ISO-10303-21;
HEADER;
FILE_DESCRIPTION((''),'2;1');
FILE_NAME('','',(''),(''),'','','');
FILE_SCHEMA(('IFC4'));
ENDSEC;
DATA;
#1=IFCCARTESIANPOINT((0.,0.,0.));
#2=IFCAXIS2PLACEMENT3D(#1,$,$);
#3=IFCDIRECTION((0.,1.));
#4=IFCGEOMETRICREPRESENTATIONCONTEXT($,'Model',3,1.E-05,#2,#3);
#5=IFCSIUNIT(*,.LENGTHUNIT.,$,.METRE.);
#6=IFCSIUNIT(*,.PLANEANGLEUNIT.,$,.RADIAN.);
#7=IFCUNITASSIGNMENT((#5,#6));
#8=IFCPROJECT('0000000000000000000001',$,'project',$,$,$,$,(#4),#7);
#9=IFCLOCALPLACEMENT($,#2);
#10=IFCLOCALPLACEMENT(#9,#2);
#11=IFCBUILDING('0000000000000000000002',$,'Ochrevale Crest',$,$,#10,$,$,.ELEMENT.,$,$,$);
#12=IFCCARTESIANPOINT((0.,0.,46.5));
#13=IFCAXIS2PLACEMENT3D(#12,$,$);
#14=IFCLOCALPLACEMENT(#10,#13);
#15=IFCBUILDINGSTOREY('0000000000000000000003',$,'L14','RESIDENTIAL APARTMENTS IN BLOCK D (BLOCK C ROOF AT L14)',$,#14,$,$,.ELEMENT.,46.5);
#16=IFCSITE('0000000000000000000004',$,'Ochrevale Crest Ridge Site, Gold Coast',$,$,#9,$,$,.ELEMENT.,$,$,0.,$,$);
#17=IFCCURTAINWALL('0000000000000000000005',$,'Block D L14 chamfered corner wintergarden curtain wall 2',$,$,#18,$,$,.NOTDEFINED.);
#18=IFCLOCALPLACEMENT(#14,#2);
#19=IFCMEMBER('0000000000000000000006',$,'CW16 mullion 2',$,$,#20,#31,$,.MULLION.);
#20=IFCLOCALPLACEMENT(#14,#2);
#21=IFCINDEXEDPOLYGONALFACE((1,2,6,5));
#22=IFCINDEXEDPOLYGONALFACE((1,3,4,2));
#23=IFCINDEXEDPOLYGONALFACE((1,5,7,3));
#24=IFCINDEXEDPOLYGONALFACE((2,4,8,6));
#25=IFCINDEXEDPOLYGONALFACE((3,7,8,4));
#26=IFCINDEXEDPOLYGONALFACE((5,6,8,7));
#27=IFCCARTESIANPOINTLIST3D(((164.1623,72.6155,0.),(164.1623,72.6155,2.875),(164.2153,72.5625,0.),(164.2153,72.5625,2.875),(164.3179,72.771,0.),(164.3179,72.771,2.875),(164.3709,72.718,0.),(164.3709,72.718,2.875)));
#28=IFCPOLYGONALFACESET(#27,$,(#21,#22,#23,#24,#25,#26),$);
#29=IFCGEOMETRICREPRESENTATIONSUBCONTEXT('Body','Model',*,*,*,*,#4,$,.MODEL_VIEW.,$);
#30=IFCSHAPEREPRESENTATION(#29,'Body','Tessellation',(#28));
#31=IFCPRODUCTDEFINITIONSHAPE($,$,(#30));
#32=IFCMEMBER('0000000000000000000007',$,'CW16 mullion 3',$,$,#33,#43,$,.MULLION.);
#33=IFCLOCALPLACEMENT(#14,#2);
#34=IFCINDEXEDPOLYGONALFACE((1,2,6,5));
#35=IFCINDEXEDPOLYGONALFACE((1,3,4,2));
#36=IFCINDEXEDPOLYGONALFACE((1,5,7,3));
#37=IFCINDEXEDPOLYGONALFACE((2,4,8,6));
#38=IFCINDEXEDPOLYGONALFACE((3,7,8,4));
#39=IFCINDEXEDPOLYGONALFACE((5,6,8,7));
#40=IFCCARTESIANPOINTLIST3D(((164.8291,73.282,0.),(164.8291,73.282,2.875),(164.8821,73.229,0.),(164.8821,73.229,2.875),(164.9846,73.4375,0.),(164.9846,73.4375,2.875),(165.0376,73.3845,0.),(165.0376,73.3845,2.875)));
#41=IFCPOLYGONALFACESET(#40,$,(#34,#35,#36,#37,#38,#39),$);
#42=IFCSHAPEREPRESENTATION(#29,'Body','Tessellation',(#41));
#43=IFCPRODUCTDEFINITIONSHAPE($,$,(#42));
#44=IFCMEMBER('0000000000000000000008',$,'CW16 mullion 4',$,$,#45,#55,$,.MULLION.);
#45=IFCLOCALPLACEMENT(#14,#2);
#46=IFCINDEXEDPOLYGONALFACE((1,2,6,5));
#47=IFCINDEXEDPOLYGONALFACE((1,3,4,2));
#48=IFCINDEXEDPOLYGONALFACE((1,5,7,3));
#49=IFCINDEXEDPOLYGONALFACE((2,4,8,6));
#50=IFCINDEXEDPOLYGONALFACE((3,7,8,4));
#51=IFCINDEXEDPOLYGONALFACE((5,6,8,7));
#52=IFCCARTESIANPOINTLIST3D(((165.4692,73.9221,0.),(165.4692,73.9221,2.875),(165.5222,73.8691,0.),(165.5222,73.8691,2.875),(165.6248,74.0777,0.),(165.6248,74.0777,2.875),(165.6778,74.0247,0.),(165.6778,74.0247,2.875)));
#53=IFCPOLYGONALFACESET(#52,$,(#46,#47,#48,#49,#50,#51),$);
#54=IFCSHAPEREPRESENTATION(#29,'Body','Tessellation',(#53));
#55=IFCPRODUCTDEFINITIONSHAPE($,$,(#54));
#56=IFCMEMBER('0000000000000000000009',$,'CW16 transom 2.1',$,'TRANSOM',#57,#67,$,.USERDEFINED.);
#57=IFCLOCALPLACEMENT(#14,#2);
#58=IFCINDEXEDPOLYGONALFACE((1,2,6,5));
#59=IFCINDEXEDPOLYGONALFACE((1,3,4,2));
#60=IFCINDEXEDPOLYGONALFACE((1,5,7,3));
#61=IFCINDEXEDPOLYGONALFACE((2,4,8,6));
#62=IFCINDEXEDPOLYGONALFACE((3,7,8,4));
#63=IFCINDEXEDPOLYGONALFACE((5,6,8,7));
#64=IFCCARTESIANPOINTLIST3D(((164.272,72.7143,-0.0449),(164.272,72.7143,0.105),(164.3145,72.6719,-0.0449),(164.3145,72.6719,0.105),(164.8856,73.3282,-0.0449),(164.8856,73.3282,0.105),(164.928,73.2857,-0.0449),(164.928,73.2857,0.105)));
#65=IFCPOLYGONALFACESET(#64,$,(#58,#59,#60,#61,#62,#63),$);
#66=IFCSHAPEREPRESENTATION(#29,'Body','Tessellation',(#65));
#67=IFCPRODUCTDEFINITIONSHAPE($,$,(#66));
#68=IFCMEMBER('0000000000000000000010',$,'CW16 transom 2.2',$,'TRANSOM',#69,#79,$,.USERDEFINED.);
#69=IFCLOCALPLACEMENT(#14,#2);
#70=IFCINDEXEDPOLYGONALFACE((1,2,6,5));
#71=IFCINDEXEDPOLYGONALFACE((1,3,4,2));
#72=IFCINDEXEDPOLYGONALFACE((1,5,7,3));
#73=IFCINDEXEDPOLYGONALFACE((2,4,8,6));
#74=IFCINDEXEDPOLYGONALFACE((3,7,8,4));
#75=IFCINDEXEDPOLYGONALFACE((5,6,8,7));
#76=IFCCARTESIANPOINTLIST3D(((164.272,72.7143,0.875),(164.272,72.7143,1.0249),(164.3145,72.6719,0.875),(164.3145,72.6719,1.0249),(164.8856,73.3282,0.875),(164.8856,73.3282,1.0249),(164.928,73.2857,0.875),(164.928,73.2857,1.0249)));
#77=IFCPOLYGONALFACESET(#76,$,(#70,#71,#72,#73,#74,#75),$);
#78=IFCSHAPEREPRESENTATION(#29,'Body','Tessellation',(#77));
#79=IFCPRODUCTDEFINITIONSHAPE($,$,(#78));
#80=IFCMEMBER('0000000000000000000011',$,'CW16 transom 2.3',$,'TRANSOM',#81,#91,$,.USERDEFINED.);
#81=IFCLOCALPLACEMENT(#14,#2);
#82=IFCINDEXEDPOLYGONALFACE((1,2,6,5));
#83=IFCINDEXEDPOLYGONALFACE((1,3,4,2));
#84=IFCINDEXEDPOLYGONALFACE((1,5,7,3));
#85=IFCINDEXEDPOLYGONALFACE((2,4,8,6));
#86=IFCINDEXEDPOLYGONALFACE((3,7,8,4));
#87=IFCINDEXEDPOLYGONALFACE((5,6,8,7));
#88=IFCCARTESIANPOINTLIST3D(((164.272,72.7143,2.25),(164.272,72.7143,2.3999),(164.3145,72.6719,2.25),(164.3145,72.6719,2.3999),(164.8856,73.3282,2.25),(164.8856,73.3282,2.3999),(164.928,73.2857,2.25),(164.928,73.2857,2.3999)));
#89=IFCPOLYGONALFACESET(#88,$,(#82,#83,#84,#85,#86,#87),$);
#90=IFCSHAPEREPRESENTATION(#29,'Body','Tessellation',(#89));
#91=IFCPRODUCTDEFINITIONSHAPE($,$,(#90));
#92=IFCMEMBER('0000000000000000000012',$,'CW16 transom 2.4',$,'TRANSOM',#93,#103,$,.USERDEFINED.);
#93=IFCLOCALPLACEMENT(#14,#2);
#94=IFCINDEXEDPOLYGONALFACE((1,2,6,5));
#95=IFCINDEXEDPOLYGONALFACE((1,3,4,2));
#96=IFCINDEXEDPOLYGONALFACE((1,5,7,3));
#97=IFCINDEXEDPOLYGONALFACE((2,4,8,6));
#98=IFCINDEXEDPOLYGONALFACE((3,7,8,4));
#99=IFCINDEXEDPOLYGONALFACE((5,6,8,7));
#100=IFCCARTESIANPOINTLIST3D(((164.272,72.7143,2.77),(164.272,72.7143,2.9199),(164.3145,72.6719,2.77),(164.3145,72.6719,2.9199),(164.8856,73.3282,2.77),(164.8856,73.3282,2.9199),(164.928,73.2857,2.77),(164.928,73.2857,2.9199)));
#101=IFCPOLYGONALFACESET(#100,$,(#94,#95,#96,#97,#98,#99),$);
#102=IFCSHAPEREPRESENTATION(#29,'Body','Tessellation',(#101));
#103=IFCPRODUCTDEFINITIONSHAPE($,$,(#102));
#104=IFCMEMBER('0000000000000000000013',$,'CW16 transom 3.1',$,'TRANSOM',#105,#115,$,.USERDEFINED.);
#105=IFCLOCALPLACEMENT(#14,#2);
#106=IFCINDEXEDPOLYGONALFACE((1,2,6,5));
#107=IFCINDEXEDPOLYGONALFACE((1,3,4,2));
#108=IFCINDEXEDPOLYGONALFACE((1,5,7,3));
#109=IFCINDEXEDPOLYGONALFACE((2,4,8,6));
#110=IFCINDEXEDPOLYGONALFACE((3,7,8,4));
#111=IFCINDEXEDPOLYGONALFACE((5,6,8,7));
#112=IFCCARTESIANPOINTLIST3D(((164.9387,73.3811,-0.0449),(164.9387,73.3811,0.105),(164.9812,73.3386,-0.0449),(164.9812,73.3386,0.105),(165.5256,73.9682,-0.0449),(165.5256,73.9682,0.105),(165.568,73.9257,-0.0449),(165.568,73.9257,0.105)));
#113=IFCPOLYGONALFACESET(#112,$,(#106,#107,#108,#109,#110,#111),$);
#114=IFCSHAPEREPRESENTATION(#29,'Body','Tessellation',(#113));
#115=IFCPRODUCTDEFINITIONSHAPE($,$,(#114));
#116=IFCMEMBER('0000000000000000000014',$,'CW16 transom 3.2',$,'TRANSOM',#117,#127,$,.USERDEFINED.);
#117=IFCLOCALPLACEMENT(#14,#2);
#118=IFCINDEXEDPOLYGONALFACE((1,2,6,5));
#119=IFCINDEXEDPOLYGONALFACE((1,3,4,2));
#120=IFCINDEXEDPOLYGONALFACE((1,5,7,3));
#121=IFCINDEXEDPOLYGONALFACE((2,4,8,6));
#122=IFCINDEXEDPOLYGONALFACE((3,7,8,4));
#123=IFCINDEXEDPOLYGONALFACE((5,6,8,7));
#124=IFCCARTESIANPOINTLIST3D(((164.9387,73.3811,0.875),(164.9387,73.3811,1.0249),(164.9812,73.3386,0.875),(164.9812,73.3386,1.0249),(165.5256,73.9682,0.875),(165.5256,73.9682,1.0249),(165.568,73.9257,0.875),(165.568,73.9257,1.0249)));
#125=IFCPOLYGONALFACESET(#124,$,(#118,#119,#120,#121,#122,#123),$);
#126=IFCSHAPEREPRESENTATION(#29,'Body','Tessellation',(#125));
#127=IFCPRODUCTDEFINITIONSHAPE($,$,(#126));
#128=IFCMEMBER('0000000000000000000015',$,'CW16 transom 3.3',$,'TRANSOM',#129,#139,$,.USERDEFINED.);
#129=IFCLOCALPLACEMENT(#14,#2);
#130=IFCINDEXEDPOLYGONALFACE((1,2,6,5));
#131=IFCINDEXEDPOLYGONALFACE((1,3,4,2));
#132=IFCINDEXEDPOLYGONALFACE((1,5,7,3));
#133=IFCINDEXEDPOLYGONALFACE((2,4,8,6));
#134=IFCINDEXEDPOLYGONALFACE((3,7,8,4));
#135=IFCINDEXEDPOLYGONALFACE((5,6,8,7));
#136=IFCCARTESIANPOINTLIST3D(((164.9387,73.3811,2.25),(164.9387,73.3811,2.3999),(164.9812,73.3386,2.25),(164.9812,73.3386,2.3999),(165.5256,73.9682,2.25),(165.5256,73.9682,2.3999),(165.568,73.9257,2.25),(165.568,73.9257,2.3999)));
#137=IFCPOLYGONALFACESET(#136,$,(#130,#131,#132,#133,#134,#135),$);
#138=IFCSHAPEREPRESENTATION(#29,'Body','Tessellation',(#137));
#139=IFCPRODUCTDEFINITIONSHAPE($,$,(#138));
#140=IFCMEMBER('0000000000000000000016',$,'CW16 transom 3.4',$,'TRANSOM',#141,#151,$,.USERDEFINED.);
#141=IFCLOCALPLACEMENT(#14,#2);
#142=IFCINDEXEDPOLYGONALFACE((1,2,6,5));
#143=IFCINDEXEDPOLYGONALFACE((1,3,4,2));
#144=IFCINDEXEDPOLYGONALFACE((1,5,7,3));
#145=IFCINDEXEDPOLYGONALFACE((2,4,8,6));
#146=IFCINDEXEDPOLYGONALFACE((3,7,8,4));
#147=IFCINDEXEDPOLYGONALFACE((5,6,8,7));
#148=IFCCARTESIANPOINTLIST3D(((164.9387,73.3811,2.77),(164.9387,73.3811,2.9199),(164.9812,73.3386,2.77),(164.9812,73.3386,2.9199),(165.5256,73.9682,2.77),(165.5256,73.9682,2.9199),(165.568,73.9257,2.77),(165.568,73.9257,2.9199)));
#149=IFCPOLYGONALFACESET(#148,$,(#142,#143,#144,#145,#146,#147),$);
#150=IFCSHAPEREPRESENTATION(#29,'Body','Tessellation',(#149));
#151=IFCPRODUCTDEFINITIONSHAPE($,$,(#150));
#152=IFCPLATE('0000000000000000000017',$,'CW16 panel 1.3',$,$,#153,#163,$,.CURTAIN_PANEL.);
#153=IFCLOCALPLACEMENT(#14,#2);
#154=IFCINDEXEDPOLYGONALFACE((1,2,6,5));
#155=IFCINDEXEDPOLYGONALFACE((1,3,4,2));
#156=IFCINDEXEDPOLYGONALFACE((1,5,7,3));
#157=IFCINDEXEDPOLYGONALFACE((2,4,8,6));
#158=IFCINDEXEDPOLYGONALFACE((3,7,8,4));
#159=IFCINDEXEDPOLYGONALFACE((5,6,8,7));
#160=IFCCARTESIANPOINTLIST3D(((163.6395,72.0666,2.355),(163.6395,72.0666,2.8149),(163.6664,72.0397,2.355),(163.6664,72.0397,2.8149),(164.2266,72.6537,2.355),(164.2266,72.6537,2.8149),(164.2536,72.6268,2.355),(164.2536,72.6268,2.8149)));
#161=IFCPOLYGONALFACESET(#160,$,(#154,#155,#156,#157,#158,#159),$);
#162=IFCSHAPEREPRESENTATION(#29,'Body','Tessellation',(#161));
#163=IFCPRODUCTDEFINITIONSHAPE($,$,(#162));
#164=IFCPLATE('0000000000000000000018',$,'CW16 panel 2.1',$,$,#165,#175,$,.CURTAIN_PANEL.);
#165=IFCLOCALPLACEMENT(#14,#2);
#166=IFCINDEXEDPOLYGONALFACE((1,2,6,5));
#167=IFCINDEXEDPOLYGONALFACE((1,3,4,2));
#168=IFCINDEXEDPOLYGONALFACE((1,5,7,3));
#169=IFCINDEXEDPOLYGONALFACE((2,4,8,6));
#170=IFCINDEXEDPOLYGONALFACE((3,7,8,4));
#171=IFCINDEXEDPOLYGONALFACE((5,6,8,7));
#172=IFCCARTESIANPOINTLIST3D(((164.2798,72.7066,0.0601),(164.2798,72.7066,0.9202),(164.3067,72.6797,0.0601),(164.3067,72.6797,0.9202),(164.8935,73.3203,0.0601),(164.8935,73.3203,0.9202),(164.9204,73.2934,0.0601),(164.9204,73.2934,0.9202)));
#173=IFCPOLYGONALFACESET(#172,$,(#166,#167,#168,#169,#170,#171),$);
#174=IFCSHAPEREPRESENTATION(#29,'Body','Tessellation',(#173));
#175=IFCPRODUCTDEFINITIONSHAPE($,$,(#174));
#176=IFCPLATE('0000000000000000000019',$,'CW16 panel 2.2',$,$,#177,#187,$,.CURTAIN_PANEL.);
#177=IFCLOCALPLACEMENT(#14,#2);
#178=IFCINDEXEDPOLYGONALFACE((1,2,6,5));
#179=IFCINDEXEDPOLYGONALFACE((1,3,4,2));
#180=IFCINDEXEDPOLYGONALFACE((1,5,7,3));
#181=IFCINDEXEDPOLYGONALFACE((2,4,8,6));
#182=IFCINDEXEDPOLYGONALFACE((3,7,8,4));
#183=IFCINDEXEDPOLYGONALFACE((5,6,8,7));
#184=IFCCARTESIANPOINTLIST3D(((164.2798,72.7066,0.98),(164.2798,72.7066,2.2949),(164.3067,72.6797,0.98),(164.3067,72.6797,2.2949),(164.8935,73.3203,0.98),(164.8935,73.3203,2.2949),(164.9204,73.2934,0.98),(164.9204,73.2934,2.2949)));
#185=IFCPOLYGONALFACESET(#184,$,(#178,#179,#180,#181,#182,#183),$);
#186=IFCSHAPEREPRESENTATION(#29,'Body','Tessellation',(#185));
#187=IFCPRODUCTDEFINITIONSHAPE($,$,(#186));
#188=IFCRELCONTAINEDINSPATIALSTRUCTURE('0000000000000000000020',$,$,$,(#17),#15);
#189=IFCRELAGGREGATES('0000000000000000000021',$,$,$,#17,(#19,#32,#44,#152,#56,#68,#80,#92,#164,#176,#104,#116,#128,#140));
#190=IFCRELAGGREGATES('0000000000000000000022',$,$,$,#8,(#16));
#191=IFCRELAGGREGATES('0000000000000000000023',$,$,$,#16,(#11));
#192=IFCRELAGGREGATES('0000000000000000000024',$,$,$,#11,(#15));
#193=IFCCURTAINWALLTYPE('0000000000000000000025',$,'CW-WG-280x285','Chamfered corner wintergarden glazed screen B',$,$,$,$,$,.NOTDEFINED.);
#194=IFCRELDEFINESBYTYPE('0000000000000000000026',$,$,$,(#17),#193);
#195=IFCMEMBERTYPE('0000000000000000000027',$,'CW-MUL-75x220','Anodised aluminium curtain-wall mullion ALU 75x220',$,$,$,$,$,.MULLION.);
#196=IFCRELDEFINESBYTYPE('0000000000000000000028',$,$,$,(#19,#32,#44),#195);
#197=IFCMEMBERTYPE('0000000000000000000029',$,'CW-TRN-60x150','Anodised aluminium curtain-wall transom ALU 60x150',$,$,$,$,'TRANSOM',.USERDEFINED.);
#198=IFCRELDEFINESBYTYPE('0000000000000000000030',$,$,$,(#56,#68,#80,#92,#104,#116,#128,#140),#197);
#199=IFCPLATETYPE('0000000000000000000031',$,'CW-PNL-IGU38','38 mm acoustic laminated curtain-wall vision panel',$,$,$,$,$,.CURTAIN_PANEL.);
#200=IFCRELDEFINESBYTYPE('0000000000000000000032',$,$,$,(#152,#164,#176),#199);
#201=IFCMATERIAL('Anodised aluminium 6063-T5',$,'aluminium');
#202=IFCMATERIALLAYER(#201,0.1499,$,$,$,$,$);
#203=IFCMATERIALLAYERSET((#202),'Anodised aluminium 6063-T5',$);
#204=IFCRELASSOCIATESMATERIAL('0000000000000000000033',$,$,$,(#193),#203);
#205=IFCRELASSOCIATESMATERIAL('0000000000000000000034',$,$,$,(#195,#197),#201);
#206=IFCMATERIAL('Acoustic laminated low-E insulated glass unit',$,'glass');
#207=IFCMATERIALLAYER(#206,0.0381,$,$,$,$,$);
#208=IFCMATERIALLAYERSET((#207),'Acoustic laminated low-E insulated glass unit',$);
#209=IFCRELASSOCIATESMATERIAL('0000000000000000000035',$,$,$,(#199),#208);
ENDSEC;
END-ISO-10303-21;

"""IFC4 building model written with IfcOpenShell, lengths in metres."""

from ifc_helpers import new_model, si_unit, direction, frame, origin, origin_2d, place, context, subcontext, project, spatial, rectangle, extrude, material, layer, layer_set, material_profile, profile_set, type_object, element, aggregate, save


model = new_model("IFC4")

# Units and contexts
model_context = context("Model", 3, precision=1e-05, world=origin(), true_north=direction((0.0, 1.0)))
body_context = subcontext(model_context, "Body", "Model", "MODEL_VIEW")
ifc_project = project(units=[si_unit("LENGTHUNIT", "METRE"), si_unit("PLANEANGLEUNIT", "RADIAN")], contexts=[model_context])

# Site, building, storey
site_placement = place(None, origin())
site = spatial("IfcSite", under=ifc_project, at=site_placement, Name="Ochrevale Crest Ridge Site, Gold Coast", CompositionType="ELEMENT", RefElevation=0.0)
building_placement = place(site_placement, origin())
building = spatial("IfcBuilding", under=site, at=building_placement, Name="Ochrevale Crest", CompositionType="ELEMENT")
storey_placement = place(building_placement, frame((0.0, 0.0, 46.5)))
storey = spatial("IfcBuildingStorey", under=building, at=storey_placement, Name="L14", Description="RESIDENTIAL APARTMENTS IN BLOCK D (BLOCK C ROOF AT L14)", CompositionType="ELEMENT", Elevation=46.5)

# Curtain wall, members, plates
ifc_material_1 = material(Name="Anodised aluminium 6063-T5", Category="aluminium")
ifc_layer_1 = layer(ifc_material_1, 0.1499)
ifc_layer_set_1 = layer_set([ifc_layer_1], Name="Anodised aluminium 6063-T5")
curtain_wall_type = type_object("IfcCurtainWallType", Name="CW-WG-280x285", Description="Chamfered corner wintergarden glazed screen B", PredefinedType="NOTDEFINED", material=ifc_layer_set_1)
curtain_wall_placement = place(storey_placement, origin())
curtain_wall = element("IfcCurtainWall", 1, at=curtain_wall_placement, inside=storey, type_object=curtain_wall_type, Name="Block D L14 chamfered corner wintergarden curtain wall 2", PredefinedType="NOTDEFINED")
ifc_material_profile_1 = material_profile(ifc_material_1, rectangle(XDim=0.075, YDim=0.22, at=origin_2d()), Name="ALU 75x220")
ifc_profile_set_1 = profile_set([ifc_material_profile_1], Name="Anodised aluminium 6063-T5")
member_type_1 = type_object("IfcMemberType", Name="CW-MUL-75x220", Description="Anodised aluminium curtain-wall mullion ALU 75x220", PredefinedType="MULLION", material=ifc_profile_set_1)
member_1_placement = place(storey_placement, frame((164.2666, 72.6667, 0.0), z_axis=(0.0, 0.0, 1.0), x_axis=(-0.707107, 0.707107, 0.0)))
member_1 = element("IfcMember", 2, at=member_1_placement, type_object=member_type_1, Name="CW16 mullion 2", PredefinedType="MULLION", context=body_context, shape_type="SweptSolid", body=[
    extrude(rectangle(XDim=0.075, YDim=0.22, at=origin_2d()), origin(), (0.0, 0.0, 1.0), 2.875),
])
member_2_placement = place(storey_placement, frame((164.9333, 73.3333, 0.0), z_axis=(0.0, 0.0, 1.0), x_axis=(-0.707107, 0.707107, 0.0)))
member_2 = element("IfcMember", 3, at=member_2_placement, type_object=member_type_1, Name="CW16 mullion 3", PredefinedType="MULLION", context=body_context, shape_type="SweptSolid", body=[
    extrude(rectangle(XDim=0.075, YDim=0.22, at=origin_2d()), origin(), (0.0, 0.0, 1.0), 2.875),
])
member_3_placement = place(storey_placement, frame((165.5735, 73.9734, 0.0), z_axis=(0.0, 0.0, 1.0), x_axis=(-0.707107, 0.707107, 0.0)))
member_3 = element("IfcMember", 4, at=member_3_placement, type_object=member_type_1, Name="CW16 mullion 4", PredefinedType="MULLION", context=body_context, shape_type="SweptSolid", body=[
    extrude(rectangle(XDim=0.075, YDim=0.22, at=origin_2d()), origin(), (0.0, 0.0, 1.0), 2.875),
])
ifc_material_profile_2 = material_profile(ifc_material_1, rectangle(XDim=0.0601, YDim=0.1499, at=origin_2d()), Name="ALU 60x150")
ifc_profile_set_2 = profile_set([ifc_material_profile_2], Name="Anodised aluminium 6063-T5")
member_type_2 = type_object("IfcMemberType", Name="CW-TRN-60x150", Description="Anodised aluminium curtain-wall transom ALU 60x150", ElementType="TRANSOM", PredefinedType="USERDEFINED", material=ifc_profile_set_2)
member_4_placement = place(storey_placement, frame((164.2932, 72.6931, 0.03), z_axis=(0.706966, 0.707247, 0.0), x_axis=(-0.707247, 0.706966, 0.0)))
member_4 = element("IfcMember", 5, at=member_4_placement, type_object=member_type_2, Name="CW16 transom 2.1", ObjectType="TRANSOM", PredefinedType="USERDEFINED", context=body_context, shape_type="SweptSolid", body=[
    extrude(rectangle(XDim=0.0601, YDim=0.1499, at=origin_2d()), origin(), (0.0, 0.0, 1.0), 0.8679),
])
member_5_placement = place(storey_placement, frame((164.2932, 72.6931, 0.95), z_axis=(0.706966, 0.707247, 0.0), x_axis=(-0.707247, 0.706966, 0.0)))
member_5 = element("IfcMember", 6, at=member_5_placement, type_object=member_type_2, Name="CW16 transom 2.2", ObjectType="TRANSOM", PredefinedType="USERDEFINED", context=body_context, shape_type="SweptSolid", body=[
    extrude(rectangle(XDim=0.0601, YDim=0.1499, at=origin_2d()), origin(), (0.0, 0.0, 1.0), 0.8679),
])
member_6_placement = place(storey_placement, frame((164.2932, 72.6931, 2.325), z_axis=(0.706966, 0.707247, 0.0), x_axis=(-0.707247, 0.706966, 0.0)))
member_6 = element("IfcMember", 7, at=member_6_placement, type_object=member_type_2, Name="CW16 transom 2.3", ObjectType="TRANSOM", PredefinedType="USERDEFINED", context=body_context, shape_type="SweptSolid", body=[
    extrude(rectangle(XDim=0.0601, YDim=0.1499, at=origin_2d()), origin(), (0.0, 0.0, 1.0), 0.8679),
])
member_7_placement = place(storey_placement, frame((164.2932, 72.6931, 2.845), z_axis=(0.706966, 0.707247, 0.0), x_axis=(-0.707247, 0.706966, 0.0)))
member_7 = element("IfcMember", 8, at=member_7_placement, type_object=member_type_2, Name="CW16 transom 2.4", ObjectType="TRANSOM", PredefinedType="USERDEFINED", context=body_context, shape_type="SweptSolid", body=[
    extrude(rectangle(XDim=0.0601, YDim=0.1499, at=origin_2d()), origin(), (0.0, 0.0, 1.0), 0.8679),
])
member_8_placement = place(storey_placement, frame((164.96, 73.3599, 0.03), z_axis=(0.70696, 0.707254, 0.0), x_axis=(-0.707254, 0.70696, 0.0)))
member_8 = element("IfcMember", 9, at=member_8_placement, type_object=member_type_2, Name="CW16 transom 3.1", ObjectType="TRANSOM", PredefinedType="USERDEFINED", context=body_context, shape_type="SweptSolid", body=[
    extrude(rectangle(XDim=0.0601, YDim=0.1499, at=origin_2d()), origin(), (0.0, 0.0, 1.0), 0.8301),
])
member_9_placement = place(storey_placement, frame((164.96, 73.3599, 0.95), z_axis=(0.70696, 0.707254, 0.0), x_axis=(-0.707254, 0.70696, 0.0)))
member_9 = element("IfcMember", 10, at=member_9_placement, type_object=member_type_2, Name="CW16 transom 3.2", ObjectType="TRANSOM", PredefinedType="USERDEFINED", context=body_context, shape_type="SweptSolid", body=[
    extrude(rectangle(XDim=0.0601, YDim=0.1499, at=origin_2d()), origin(), (0.0, 0.0, 1.0), 0.8301),
])
member_10_placement = place(storey_placement, frame((164.96, 73.3599, 2.325), z_axis=(0.70696, 0.707254, 0.0), x_axis=(-0.707254, 0.70696, 0.0)))
member_10 = element("IfcMember", 11, at=member_10_placement, type_object=member_type_2, Name="CW16 transom 3.3", ObjectType="TRANSOM", PredefinedType="USERDEFINED", context=body_context, shape_type="SweptSolid", body=[
    extrude(rectangle(XDim=0.0601, YDim=0.1499, at=origin_2d()), origin(), (0.0, 0.0, 1.0), 0.8301),
])
member_11_placement = place(storey_placement, frame((164.96, 73.3599, 2.845), z_axis=(0.70696, 0.707254, 0.0), x_axis=(-0.707254, 0.70696, 0.0)))
member_11 = element("IfcMember", 12, at=member_11_placement, type_object=member_type_2, Name="CW16 transom 3.4", ObjectType="TRANSOM", PredefinedType="USERDEFINED", context=body_context, shape_type="SweptSolid", body=[
    extrude(rectangle(XDim=0.0601, YDim=0.1499, at=origin_2d()), origin(), (0.0, 0.0, 1.0), 0.8301),
])
ifc_material_2 = material(Name="Acoustic laminated low-E insulated glass unit", Category="glass")
ifc_layer_2 = layer(ifc_material_2, 0.0381)
ifc_layer_set_2 = layer_set([ifc_layer_2], Name="Acoustic laminated low-E insulated glass unit")
plate_type = type_object("IfcPlateType", Name="CW-PNL-IGU38", Description="38 mm acoustic laminated curtain-wall vision panel", PredefinedType="CURTAIN_PANEL", material=ifc_layer_set_2)
plate_1_placement = place(storey_placement, frame((163.9465, 72.3467, 2.355), z_axis=(0.0, 0.0, 1.0), x_axis=(0.707107, 0.707107, 0.0)))
plate_1 = element("IfcPlate", 13, at=plate_1_placement, type_object=plate_type, Name="CW16 panel 1.3", PredefinedType="CURTAIN_PANEL", context=body_context, shape_type="SweptSolid", body=[
    extrude(rectangle(XDim=0.8303, YDim=0.0381, at=origin_2d()), origin(), (0.0, 0.0, 1.0), 0.46),
])
plate_2_placement = place(storey_placement, frame((164.6001, 73.0, 0.0601), z_axis=(0.0, 0.0, 1.0), x_axis=(0.707107, 0.707107, 0.0)))
plate_2 = element("IfcPlate", 14, at=plate_2_placement, type_object=plate_type, Name="CW16 panel 2.1", PredefinedType="CURTAIN_PANEL", context=body_context, shape_type="SweptSolid", body=[
    extrude(rectangle(XDim=0.8679, YDim=0.0381, at=origin_2d()), origin(), (0.0, 0.0, 1.0), 0.8601),
])
plate_3_placement = place(storey_placement, frame((164.6001, 73.0, 0.98), z_axis=(0.0, 0.0, 1.0), x_axis=(0.707107, 0.707107, 0.0)))
plate_3 = element("IfcPlate", 15, at=plate_3_placement, type_object=plate_type, Name="CW16 panel 2.2", PredefinedType="CURTAIN_PANEL", context=body_context, shape_type="SweptSolid", body=[
    extrude(rectangle(XDim=0.8679, YDim=0.0381, at=origin_2d()), origin(), (0.0, 0.0, 1.0), 1.3149),
])
aggregate(curtain_wall, [member_1, member_2, member_3, plate_1, member_4, member_5, member_6, member_7, plate_2, plate_3, member_8, member_9, member_10, member_11])

save(model, "model.ifc")
